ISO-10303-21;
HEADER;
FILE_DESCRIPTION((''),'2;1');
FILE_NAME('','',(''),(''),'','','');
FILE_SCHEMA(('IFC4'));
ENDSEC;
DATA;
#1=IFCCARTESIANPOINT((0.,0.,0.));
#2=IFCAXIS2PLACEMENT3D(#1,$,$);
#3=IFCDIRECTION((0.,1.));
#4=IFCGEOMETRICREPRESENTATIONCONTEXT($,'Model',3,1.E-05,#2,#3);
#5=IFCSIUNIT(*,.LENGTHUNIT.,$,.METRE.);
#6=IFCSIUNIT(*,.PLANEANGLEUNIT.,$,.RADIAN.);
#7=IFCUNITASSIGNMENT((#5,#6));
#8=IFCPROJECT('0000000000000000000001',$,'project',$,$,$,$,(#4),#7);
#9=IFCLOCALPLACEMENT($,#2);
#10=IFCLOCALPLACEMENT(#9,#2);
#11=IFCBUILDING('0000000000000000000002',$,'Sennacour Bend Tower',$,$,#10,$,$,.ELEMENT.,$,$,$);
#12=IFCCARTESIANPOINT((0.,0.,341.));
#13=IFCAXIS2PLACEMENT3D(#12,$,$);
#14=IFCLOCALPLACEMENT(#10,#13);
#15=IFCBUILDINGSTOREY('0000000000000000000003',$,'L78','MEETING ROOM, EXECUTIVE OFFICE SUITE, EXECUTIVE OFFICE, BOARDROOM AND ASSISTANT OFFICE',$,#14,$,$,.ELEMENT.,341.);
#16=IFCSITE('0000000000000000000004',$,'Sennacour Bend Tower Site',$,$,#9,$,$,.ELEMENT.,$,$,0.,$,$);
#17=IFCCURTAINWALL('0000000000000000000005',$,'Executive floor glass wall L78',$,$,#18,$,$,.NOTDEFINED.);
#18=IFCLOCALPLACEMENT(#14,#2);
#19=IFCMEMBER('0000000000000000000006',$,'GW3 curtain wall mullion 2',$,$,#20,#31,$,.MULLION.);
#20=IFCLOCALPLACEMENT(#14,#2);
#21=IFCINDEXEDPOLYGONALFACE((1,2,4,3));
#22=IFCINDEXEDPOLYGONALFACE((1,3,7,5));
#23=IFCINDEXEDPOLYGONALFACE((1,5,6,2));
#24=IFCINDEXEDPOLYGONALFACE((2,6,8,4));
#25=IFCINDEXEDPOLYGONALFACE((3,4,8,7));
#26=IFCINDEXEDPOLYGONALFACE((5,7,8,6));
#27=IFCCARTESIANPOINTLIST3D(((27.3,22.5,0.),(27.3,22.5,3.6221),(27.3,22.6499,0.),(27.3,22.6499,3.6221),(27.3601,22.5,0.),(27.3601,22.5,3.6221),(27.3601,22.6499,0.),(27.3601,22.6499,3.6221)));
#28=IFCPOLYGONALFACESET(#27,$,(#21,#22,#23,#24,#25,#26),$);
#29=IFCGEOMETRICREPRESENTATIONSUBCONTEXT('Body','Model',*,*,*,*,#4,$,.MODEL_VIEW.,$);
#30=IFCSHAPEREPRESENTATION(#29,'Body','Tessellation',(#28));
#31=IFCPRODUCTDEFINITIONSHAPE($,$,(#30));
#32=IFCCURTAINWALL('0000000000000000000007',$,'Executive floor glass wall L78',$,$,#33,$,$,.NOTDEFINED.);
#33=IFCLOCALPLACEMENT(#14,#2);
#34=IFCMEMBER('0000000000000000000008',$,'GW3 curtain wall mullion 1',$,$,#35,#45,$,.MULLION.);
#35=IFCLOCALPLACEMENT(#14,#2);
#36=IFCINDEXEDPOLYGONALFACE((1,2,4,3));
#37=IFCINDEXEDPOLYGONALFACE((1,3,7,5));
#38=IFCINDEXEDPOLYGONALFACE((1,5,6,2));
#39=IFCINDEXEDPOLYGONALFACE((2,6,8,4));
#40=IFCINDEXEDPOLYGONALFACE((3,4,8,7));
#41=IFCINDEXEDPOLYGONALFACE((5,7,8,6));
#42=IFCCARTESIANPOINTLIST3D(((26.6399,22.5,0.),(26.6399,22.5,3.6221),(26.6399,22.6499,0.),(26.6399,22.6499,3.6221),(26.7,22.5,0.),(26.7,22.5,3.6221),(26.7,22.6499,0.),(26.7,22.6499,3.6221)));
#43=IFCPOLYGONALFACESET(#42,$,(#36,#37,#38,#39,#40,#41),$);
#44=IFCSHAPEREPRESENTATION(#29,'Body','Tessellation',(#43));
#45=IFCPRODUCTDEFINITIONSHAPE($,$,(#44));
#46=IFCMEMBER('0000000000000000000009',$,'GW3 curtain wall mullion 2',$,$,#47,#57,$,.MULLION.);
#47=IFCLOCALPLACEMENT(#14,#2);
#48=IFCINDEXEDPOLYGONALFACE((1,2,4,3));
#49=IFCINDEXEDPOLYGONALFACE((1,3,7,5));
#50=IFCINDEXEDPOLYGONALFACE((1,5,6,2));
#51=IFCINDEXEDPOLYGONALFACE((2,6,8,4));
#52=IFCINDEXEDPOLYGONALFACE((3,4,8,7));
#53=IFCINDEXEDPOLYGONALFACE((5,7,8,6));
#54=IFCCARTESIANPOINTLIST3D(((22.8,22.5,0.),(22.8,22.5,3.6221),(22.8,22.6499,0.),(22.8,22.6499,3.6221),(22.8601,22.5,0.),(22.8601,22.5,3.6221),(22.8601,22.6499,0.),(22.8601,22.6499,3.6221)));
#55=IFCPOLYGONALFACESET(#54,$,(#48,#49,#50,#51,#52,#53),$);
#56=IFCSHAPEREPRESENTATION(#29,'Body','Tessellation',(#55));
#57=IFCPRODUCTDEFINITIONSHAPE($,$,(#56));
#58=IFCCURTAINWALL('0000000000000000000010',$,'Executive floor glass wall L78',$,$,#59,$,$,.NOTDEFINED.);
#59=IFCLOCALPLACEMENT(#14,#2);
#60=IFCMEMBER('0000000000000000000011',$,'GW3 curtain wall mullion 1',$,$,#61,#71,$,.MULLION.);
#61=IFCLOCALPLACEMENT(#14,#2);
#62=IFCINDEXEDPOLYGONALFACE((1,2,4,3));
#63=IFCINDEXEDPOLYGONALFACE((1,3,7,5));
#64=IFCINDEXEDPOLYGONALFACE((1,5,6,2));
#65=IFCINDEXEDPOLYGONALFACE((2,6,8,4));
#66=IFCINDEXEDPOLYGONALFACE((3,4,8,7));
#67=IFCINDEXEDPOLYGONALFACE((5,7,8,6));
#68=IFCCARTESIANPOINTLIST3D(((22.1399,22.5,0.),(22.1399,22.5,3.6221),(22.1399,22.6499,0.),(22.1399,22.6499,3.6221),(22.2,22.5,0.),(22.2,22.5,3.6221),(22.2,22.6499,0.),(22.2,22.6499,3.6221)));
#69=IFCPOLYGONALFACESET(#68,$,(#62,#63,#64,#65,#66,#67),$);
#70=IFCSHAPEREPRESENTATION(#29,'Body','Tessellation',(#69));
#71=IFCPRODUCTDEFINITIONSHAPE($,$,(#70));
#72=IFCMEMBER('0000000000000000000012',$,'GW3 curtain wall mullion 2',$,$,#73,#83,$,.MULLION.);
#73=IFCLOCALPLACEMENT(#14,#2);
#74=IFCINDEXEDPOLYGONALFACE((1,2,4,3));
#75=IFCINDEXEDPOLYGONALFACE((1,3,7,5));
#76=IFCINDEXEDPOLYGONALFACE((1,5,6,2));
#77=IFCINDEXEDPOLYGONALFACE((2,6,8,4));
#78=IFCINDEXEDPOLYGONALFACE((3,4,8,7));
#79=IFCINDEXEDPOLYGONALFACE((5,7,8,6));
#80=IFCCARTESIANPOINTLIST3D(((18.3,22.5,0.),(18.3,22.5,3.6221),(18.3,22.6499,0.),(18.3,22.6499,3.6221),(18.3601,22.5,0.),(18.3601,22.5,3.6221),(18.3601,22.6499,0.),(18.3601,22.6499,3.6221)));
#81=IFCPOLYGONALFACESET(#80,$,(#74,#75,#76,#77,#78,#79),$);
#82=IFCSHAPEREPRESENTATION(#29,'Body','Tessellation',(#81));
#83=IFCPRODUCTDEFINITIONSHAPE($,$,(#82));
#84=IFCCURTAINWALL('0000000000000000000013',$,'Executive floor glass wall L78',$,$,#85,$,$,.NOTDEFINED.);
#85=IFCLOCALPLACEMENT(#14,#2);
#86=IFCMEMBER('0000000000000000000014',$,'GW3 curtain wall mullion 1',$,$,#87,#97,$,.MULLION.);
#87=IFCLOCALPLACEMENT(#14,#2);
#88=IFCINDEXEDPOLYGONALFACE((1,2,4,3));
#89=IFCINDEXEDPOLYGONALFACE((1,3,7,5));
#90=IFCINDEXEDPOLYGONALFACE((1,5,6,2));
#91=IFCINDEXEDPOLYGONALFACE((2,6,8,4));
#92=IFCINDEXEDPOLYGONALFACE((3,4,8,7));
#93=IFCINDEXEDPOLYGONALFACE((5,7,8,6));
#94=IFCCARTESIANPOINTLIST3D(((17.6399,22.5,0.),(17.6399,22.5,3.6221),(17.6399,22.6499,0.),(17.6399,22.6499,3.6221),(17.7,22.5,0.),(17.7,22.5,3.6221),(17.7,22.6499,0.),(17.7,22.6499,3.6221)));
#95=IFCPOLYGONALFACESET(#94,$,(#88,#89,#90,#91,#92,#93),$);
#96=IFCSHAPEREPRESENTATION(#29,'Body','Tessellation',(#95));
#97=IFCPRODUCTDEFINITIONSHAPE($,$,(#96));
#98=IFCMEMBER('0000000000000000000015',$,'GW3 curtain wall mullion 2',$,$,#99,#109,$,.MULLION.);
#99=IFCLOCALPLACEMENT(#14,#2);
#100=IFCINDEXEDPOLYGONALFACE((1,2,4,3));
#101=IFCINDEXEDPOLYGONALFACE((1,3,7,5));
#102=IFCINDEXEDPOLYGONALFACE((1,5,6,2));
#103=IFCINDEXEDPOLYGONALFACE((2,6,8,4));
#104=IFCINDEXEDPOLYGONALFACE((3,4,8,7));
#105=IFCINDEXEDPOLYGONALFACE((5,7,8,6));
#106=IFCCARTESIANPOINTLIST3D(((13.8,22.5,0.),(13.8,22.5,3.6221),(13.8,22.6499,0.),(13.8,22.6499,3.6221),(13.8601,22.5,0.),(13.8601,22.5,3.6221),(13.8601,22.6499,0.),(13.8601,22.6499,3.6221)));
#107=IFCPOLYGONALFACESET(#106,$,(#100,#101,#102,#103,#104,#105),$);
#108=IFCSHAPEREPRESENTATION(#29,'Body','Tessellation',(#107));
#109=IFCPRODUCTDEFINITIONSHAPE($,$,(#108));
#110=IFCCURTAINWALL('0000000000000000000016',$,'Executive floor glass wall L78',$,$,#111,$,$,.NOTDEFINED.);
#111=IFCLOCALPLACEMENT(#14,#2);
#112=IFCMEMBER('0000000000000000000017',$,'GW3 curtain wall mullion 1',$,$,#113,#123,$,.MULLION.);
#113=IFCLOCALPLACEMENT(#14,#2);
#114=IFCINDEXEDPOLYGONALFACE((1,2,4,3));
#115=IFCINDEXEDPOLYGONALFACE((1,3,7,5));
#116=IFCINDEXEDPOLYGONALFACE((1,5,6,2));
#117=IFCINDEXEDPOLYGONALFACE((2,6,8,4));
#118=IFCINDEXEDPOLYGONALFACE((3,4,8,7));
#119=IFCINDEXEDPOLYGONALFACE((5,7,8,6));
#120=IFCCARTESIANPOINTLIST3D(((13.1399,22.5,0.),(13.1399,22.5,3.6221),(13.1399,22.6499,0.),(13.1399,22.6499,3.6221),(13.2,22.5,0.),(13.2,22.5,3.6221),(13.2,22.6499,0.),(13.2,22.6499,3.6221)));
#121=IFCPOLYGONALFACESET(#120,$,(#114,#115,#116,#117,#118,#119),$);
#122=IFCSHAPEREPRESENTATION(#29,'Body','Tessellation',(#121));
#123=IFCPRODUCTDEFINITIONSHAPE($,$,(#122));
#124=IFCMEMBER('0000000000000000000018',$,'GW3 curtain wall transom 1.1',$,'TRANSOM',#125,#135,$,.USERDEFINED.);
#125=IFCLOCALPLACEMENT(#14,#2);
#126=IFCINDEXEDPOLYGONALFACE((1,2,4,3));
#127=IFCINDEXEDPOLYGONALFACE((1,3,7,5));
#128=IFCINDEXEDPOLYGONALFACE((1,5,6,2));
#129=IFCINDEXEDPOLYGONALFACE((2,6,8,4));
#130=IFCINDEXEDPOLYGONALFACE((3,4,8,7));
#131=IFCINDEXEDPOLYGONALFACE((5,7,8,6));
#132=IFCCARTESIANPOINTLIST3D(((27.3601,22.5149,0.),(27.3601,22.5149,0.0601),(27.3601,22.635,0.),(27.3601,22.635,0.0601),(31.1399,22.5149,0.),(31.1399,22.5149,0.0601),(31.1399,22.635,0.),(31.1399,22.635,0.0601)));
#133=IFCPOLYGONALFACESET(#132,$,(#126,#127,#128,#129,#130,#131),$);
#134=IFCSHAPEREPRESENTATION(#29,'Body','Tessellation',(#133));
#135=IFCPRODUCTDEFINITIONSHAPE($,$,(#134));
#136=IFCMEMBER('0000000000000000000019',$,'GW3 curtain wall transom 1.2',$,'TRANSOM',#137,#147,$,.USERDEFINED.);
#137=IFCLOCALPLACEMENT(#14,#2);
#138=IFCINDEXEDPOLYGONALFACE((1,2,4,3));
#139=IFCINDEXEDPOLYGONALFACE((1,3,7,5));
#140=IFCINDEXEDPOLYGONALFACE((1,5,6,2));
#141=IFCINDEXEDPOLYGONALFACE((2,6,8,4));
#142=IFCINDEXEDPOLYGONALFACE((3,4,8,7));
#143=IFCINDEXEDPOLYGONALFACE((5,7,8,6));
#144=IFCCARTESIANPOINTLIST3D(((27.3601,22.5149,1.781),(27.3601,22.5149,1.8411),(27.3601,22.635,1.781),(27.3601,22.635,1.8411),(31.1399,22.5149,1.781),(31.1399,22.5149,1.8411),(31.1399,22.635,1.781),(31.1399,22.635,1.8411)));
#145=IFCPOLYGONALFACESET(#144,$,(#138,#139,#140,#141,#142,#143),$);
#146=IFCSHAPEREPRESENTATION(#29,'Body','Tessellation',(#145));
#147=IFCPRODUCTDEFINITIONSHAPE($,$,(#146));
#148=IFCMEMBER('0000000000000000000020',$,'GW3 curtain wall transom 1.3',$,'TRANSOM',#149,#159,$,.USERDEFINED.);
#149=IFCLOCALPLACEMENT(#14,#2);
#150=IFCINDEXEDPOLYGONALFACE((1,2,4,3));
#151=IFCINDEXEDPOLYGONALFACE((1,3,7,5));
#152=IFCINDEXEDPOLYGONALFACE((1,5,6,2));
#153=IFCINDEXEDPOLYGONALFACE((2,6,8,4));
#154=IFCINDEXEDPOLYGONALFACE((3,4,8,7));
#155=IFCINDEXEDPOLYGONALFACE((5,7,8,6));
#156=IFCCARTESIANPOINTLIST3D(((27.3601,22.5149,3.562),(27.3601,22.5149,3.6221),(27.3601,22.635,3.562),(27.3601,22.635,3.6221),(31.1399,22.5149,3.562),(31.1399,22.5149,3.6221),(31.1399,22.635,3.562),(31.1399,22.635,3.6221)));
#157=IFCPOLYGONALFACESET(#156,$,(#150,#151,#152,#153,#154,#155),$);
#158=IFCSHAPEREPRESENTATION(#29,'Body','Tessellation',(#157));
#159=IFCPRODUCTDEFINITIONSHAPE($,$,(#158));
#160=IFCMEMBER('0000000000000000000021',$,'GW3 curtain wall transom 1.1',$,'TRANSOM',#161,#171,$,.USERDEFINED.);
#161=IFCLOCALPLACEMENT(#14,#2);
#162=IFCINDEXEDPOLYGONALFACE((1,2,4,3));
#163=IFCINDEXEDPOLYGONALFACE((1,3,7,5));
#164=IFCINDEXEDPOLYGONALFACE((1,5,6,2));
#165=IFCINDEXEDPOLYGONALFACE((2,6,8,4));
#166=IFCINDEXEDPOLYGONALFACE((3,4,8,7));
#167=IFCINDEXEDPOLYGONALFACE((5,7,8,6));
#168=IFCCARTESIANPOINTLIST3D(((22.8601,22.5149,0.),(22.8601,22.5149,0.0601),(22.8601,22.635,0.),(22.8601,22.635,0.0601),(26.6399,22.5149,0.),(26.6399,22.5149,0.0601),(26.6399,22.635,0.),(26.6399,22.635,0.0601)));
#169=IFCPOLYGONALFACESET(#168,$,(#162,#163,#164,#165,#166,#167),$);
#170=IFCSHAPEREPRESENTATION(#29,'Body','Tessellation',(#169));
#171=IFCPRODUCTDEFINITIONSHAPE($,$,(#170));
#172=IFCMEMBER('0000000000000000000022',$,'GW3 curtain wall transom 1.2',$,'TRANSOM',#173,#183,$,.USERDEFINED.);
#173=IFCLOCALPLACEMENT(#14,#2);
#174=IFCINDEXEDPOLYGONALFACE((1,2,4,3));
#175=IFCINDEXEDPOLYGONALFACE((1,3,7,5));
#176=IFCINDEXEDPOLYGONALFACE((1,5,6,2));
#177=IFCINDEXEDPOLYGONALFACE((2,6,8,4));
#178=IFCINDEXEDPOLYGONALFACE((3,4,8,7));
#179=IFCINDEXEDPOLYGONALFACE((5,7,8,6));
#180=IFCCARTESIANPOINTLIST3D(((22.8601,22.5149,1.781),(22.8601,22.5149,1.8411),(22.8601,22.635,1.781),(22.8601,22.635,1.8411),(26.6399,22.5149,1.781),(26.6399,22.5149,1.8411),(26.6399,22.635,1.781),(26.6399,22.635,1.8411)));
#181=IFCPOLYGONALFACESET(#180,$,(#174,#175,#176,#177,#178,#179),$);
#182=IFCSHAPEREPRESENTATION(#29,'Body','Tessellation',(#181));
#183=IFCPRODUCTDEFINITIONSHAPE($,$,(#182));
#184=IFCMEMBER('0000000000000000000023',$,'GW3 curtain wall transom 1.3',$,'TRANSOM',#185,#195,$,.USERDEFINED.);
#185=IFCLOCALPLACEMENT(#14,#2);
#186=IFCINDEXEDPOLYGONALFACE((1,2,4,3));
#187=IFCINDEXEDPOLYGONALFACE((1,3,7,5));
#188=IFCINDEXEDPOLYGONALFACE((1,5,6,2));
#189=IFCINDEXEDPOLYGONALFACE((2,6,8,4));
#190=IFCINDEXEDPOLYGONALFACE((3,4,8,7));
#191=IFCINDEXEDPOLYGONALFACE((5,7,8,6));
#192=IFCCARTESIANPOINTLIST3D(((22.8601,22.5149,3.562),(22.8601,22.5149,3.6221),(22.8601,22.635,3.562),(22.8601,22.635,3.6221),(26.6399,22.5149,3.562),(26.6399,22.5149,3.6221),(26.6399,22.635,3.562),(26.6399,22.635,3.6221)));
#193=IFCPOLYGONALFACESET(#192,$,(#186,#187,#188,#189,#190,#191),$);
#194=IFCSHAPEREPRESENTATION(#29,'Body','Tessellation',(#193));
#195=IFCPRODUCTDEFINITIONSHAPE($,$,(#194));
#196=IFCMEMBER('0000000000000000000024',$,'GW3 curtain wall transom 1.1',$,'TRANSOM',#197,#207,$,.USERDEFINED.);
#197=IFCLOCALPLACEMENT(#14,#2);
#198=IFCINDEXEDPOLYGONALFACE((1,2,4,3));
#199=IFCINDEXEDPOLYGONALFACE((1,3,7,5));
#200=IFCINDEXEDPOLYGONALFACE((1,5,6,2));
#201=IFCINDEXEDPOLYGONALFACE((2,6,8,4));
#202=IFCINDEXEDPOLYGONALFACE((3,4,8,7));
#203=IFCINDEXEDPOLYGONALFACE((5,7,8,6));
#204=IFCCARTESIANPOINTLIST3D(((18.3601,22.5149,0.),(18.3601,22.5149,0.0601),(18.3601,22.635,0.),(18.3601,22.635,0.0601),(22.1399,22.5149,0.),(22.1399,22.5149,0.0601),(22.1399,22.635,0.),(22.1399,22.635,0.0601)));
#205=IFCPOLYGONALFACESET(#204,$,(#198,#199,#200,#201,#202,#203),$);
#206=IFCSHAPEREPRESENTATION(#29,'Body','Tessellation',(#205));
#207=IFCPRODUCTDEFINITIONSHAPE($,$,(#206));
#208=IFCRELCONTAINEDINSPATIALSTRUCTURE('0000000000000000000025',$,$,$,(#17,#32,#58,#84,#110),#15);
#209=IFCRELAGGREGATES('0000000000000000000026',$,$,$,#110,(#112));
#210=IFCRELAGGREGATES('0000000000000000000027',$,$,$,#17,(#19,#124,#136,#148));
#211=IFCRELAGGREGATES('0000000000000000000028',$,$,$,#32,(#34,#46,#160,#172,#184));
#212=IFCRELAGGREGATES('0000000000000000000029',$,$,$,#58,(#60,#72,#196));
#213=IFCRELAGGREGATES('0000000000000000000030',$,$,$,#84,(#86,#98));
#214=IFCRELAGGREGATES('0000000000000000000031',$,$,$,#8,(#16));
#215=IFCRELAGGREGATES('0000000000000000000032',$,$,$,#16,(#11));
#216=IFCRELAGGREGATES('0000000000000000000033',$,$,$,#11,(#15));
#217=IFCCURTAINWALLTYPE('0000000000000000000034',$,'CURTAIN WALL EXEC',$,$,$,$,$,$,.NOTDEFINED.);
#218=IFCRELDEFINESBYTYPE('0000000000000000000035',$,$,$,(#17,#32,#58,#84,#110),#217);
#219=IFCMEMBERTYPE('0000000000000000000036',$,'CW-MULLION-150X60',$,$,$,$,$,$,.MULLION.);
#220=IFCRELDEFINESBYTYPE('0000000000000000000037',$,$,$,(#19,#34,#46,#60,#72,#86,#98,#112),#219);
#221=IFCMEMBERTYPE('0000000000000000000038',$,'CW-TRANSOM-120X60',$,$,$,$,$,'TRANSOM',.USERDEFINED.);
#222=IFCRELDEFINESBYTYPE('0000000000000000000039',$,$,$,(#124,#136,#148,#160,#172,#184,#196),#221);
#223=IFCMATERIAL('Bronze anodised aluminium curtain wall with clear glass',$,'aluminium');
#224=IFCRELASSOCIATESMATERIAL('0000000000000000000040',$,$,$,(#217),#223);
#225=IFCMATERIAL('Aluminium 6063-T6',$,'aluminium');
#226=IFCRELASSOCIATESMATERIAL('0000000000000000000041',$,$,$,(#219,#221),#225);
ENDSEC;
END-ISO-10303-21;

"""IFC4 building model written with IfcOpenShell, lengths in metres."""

from ifc_helpers import new_model, si_unit, direction, frame, origin, origin_2d, place, context, subcontext, project, spatial, rectangle, extrude, material, material_profile, profile_set, type_object, element, aggregate, save


model = new_model("IFC4")

# Units and contexts
model_context = context("Model", 3, precision=1e-05, world=origin(), true_north=direction((0.0, 1.0)))
body_context = subcontext(model_context, "Body", "Model", "MODEL_VIEW")
ifc_project = project(units=[si_unit("LENGTHUNIT", "METRE"), si_unit("PLANEANGLEUNIT", "RADIAN")], contexts=[model_context])

# Site, building, storey
site_placement = place(None, origin())
site = spatial("IfcSite", under=ifc_project, at=site_placement, Name="Sennacour Bend Tower Site", CompositionType="ELEMENT", RefElevation=0.0)
building_placement = place(site_placement, origin())
building = spatial("IfcBuilding", under=site, at=building_placement, Name="Sennacour Bend Tower", CompositionType="ELEMENT")
storey_placement = place(building_placement, frame((0.0, 0.0, 341.0)))
storey = spatial("IfcBuildingStorey", under=building, at=storey_placement, Name="L78", Description="MEETING ROOM, EXECUTIVE OFFICE SUITE, EXECUTIVE OFFICE, BOARDROOM AND ASSISTANT OFFICE", CompositionType="ELEMENT", Elevation=341.0)

# Curtain wall, member
ifc_material_1 = material(Name="Bronze anodised aluminium curtain wall with clear glass", Category="aluminium")
curtain_wall_type = type_object("IfcCurtainWallType", Name="CURTAIN WALL EXEC", PredefinedType="NOTDEFINED", material=ifc_material_1)
curtain_wall_1_placement = place(storey_placement, origin())
curtain_wall_1 = element("IfcCurtainWall", 1, at=curtain_wall_1_placement, inside=storey, type_object=curtain_wall_type, Name="Executive floor glass wall L78", PredefinedType="NOTDEFINED")
ifc_material_2 = material(Name="Aluminium 6063-T6", Category="aluminium")
ifc_material_profile_1 = material_profile(ifc_material_2, rectangle(XDim=0.1499, YDim=0.0601, at=origin_2d()), Name="Aluminium 6063-T6", Category="aluminium")
ifc_profile_set_1 = profile_set([ifc_material_profile_1], Name="Aluminium 6063-T6")
member_type_1 = type_object("IfcMemberType", Name="CW-MULLION-150X60", PredefinedType="MULLION", material=ifc_profile_set_1)
member_1_placement = place(storey_placement, frame((27.3301, 22.575, 0.0), z_axis=(0.0, 0.0, 1.0), x_axis=(0.0, -1.0, 0.0)))
member_1 = element("IfcMember", 2, at=member_1_placement, type_object=member_type_1, Name="GW3 curtain wall mullion 2", PredefinedType="MULLION", context=body_context, shape_type="SweptSolid", body=[
    extrude(rectangle(XDim=0.1499, YDim=0.0601, at=origin_2d()), origin(), (0.0, 0.0, 1.0), 3.6221),
])

# Curtain walls, members
curtain_wall_2_placement = place(storey_placement, origin())
curtain_wall_2 = element("IfcCurtainWall", 3, at=curtain_wall_2_placement, inside=storey, type_object=curtain_wall_type, Name="Executive floor glass wall L78", PredefinedType="NOTDEFINED")
member_2_placement = place(storey_placement, frame((26.6699, 22.575, 0.0), z_axis=(0.0, 0.0, 1.0), x_axis=(0.0, -1.0, 0.0)))
member_2 = element("IfcMember", 4, at=member_2_placement, type_object=member_type_1, Name="GW3 curtain wall mullion 1", PredefinedType="MULLION", context=body_context, shape_type="SweptSolid", body=[
    extrude(rectangle(XDim=0.1499, YDim=0.0601, at=origin_2d()), origin(), (0.0, 0.0, 1.0), 3.6221),
])
member_3_placement = place(storey_placement, frame((22.8301, 22.575, 0.0), z_axis=(0.0, 0.0, 1.0), x_axis=(0.0, -1.0, 0.0)))
member_3 = element("IfcMember", 5, at=member_3_placement, type_object=member_type_1, Name="GW3 curtain wall mullion 2", PredefinedType="MULLION", context=body_context, shape_type="SweptSolid", body=[
    extrude(rectangle(XDim=0.1499, YDim=0.0601, at=origin_2d()), origin(), (0.0, 0.0, 1.0), 3.6221),
])
curtain_wall_3_placement = place(storey_placement, origin())
curtain_wall_3 = element("IfcCurtainWall", 6, at=curtain_wall_3_placement, inside=storey, type_object=curtain_wall_type, Name="Executive floor glass wall L78", PredefinedType="NOTDEFINED")
member_4_placement = place(storey_placement, frame((22.1699, 22.575, 0.0), z_axis=(0.0, 0.0, 1.0), x_axis=(0.0, -1.0, 0.0)))
member_4 = element("IfcMember", 7, at=member_4_placement, type_object=member_type_1, Name="GW3 curtain wall mullion 1", PredefinedType="MULLION", context=body_context, shape_type="SweptSolid", body=[
    extrude(rectangle(XDim=0.1499, YDim=0.0601, at=origin_2d()), origin(), (0.0, 0.0, 1.0), 3.6221),
])
member_5_placement = place(storey_placement, frame((18.3301, 22.575, 0.0), z_axis=(0.0, 0.0, 1.0), x_axis=(0.0, -1.0, 0.0)))
member_5 = element("IfcMember", 8, at=member_5_placement, type_object=member_type_1, Name="GW3 curtain wall mullion 2", PredefinedType="MULLION", context=body_context, shape_type="SweptSolid", body=[
    extrude(rectangle(XDim=0.1499, YDim=0.0601, at=origin_2d()), origin(), (0.0, 0.0, 1.0), 3.6221),
])
curtain_wall_4_placement = place(storey_placement, origin())
curtain_wall_4 = element("IfcCurtainWall", 9, at=curtain_wall_4_placement, inside=storey, type_object=curtain_wall_type, Name="Executive floor glass wall L78", PredefinedType="NOTDEFINED")
member_6_placement = place(storey_placement, frame((17.6699, 22.575, 0.0), z_axis=(0.0, 0.0, 1.0), x_axis=(0.0, -1.0, 0.0)))
member_6 = element("IfcMember", 10, at=member_6_placement, type_object=member_type_1, Name="GW3 curtain wall mullion 1", PredefinedType="MULLION", context=body_context, shape_type="SweptSolid", body=[
    extrude(rectangle(XDim=0.1499, YDim=0.0601, at=origin_2d()), origin(), (0.0, 0.0, 1.0), 3.6221),
])
member_7_placement = place(storey_placement, frame((13.8301, 22.575, 0.0), z_axis=(0.0, 0.0, 1.0), x_axis=(0.0, -1.0, 0.0)))
member_7 = element("IfcMember", 11, at=member_7_placement, type_object=member_type_1, Name="GW3 curtain wall mullion 2", PredefinedType="MULLION", context=body_context, shape_type="SweptSolid", body=[
    extrude(rectangle(XDim=0.1499, YDim=0.0601, at=origin_2d()), origin(), (0.0, 0.0, 1.0), 3.6221),
])

# Curtain wall, member
curtain_wall_5_placement = place(storey_placement, origin())
curtain_wall_5 = element("IfcCurtainWall", 12, at=curtain_wall_5_placement, inside=storey, type_object=curtain_wall_type, Name="Executive floor glass wall L78", PredefinedType="NOTDEFINED")
member_8_placement = place(storey_placement, frame((13.1699, 22.575, 0.0), z_axis=(0.0, 0.0, 1.0), x_axis=(0.0, -1.0, 0.0)))
member_8 = element("IfcMember", 13, at=member_8_placement, type_object=member_type_1, Name="GW3 curtain wall mullion 1", PredefinedType="MULLION", context=body_context, shape_type="SweptSolid", body=[
    extrude(rectangle(XDim=0.1499, YDim=0.0601, at=origin_2d()), origin(), (0.0, 0.0, 1.0), 3.6221),
])
aggregate(curtain_wall_5, [member_8])

# Members
ifc_material_profile_2 = material_profile(ifc_material_2, rectangle(XDim=0.1201, YDim=0.0601, at=origin_2d()), Name="Aluminium 6063-T6", Category="aluminium")
ifc_profile_set_2 = profile_set([ifc_material_profile_2], Name="Aluminium 6063-T6")
member_type_2 = type_object("IfcMemberType", Name="CW-TRANSOM-120X60", ElementType="TRANSOM", PredefinedType="USERDEFINED", material=ifc_profile_set_2)
member_9_placement = place(storey_placement, frame((31.1399, 22.575, 0.03), z_axis=(-1.0, 0.0, 0.0), x_axis=(0.0, -1.0, 0.0)))
member_9 = element("IfcMember", 14, at=member_9_placement, type_object=member_type_2, Name="GW3 curtain wall transom 1.1", ObjectType="TRANSOM", PredefinedType="USERDEFINED", context=body_context, shape_type="SweptSolid", body=[
    extrude(rectangle(XDim=0.1201, YDim=0.0601, at=origin_2d()), origin(), (0.0, 0.0, 1.0), 3.7798),
])
member_10_placement = place(storey_placement, frame((31.1399, 22.575, 1.811), z_axis=(-1.0, 0.0, 0.0), x_axis=(0.0, -1.0, 0.0)))
member_10 = element("IfcMember", 15, at=member_10_placement, type_object=member_type_2, Name="GW3 curtain wall transom 1.2", ObjectType="TRANSOM", PredefinedType="USERDEFINED", context=body_context, shape_type="SweptSolid", body=[
    extrude(rectangle(XDim=0.1201, YDim=0.0601, at=origin_2d()), origin(), (0.0, 0.0, 1.0), 3.7798),
])
member_11_placement = place(storey_placement, frame((31.1399, 22.575, 3.592), z_axis=(-1.0, 0.0, 0.0), x_axis=(0.0, -1.0, 0.0)))
member_11 = element("IfcMember", 16, at=member_11_placement, type_object=member_type_2, Name="GW3 curtain wall transom 1.3", ObjectType="TRANSOM", PredefinedType="USERDEFINED", context=body_context, shape_type="SweptSolid", body=[
    extrude(rectangle(XDim=0.1201, YDim=0.0601, at=origin_2d()), origin(), (0.0, 0.0, 1.0), 3.7798),
])
member_12_placement = place(storey_placement, frame((26.6399, 22.575, 0.03), z_axis=(-1.0, 0.0, 0.0), x_axis=(0.0, -1.0, 0.0)))
member_12 = element("IfcMember", 17, at=member_12_placement, type_object=member_type_2, Name="GW3 curtain wall transom 1.1", ObjectType="TRANSOM", PredefinedType="USERDEFINED", context=body_context, shape_type="SweptSolid", body=[
    extrude(rectangle(XDim=0.1201, YDim=0.0601, at=origin_2d()), origin(), (0.0, 0.0, 1.0), 3.7798),
])
member_13_placement = place(storey_placement, frame((26.6399, 22.575, 1.811), z_axis=(-1.0, 0.0, 0.0), x_axis=(0.0, -1.0, 0.0)))
member_13 = element("IfcMember", 18, at=member_13_placement, type_object=member_type_2, Name="GW3 curtain wall transom 1.2", ObjectType="TRANSOM", PredefinedType="USERDEFINED", context=body_context, shape_type="SweptSolid", body=[
    extrude(rectangle(XDim=0.1201, YDim=0.0601, at=origin_2d()), origin(), (0.0, 0.0, 1.0), 3.7798),
])
member_14_placement = place(storey_placement, frame((26.6399, 22.575, 3.592), z_axis=(-1.0, 0.0, 0.0), x_axis=(0.0, -1.0, 0.0)))
member_14 = element("IfcMember", 19, at=member_14_placement, type_object=member_type_2, Name="GW3 curtain wall transom 1.3", ObjectType="TRANSOM", PredefinedType="USERDEFINED", context=body_context, shape_type="SweptSolid", body=[
    extrude(rectangle(XDim=0.1201, YDim=0.0601, at=origin_2d()), origin(), (0.0, 0.0, 1.0), 3.7798),
])
member_15_placement = place(storey_placement, frame((22.1399, 22.575, 0.03), z_axis=(-1.0, 0.0, 0.0), x_axis=(0.0, -1.0, 0.0)))
member_15 = element("IfcMember", 20, at=member_15_placement, type_object=member_type_2, Name="GW3 curtain wall transom 1.1", ObjectType="TRANSOM", PredefinedType="USERDEFINED", context=body_context, shape_type="SweptSolid", body=[
    extrude(rectangle(XDim=0.1201, YDim=0.0601, at=origin_2d()), origin(), (0.0, 0.0, 1.0), 3.7798),
])

aggregate(curtain_wall_1, [member_1, member_9, member_10, member_11])
aggregate(curtain_wall_2, [member_2, member_3, member_12, member_13, member_14])
aggregate(curtain_wall_3, [member_4, member_5, member_15])
aggregate(curtain_wall_4, [member_6, member_7])

save(model, "model.ifc")
